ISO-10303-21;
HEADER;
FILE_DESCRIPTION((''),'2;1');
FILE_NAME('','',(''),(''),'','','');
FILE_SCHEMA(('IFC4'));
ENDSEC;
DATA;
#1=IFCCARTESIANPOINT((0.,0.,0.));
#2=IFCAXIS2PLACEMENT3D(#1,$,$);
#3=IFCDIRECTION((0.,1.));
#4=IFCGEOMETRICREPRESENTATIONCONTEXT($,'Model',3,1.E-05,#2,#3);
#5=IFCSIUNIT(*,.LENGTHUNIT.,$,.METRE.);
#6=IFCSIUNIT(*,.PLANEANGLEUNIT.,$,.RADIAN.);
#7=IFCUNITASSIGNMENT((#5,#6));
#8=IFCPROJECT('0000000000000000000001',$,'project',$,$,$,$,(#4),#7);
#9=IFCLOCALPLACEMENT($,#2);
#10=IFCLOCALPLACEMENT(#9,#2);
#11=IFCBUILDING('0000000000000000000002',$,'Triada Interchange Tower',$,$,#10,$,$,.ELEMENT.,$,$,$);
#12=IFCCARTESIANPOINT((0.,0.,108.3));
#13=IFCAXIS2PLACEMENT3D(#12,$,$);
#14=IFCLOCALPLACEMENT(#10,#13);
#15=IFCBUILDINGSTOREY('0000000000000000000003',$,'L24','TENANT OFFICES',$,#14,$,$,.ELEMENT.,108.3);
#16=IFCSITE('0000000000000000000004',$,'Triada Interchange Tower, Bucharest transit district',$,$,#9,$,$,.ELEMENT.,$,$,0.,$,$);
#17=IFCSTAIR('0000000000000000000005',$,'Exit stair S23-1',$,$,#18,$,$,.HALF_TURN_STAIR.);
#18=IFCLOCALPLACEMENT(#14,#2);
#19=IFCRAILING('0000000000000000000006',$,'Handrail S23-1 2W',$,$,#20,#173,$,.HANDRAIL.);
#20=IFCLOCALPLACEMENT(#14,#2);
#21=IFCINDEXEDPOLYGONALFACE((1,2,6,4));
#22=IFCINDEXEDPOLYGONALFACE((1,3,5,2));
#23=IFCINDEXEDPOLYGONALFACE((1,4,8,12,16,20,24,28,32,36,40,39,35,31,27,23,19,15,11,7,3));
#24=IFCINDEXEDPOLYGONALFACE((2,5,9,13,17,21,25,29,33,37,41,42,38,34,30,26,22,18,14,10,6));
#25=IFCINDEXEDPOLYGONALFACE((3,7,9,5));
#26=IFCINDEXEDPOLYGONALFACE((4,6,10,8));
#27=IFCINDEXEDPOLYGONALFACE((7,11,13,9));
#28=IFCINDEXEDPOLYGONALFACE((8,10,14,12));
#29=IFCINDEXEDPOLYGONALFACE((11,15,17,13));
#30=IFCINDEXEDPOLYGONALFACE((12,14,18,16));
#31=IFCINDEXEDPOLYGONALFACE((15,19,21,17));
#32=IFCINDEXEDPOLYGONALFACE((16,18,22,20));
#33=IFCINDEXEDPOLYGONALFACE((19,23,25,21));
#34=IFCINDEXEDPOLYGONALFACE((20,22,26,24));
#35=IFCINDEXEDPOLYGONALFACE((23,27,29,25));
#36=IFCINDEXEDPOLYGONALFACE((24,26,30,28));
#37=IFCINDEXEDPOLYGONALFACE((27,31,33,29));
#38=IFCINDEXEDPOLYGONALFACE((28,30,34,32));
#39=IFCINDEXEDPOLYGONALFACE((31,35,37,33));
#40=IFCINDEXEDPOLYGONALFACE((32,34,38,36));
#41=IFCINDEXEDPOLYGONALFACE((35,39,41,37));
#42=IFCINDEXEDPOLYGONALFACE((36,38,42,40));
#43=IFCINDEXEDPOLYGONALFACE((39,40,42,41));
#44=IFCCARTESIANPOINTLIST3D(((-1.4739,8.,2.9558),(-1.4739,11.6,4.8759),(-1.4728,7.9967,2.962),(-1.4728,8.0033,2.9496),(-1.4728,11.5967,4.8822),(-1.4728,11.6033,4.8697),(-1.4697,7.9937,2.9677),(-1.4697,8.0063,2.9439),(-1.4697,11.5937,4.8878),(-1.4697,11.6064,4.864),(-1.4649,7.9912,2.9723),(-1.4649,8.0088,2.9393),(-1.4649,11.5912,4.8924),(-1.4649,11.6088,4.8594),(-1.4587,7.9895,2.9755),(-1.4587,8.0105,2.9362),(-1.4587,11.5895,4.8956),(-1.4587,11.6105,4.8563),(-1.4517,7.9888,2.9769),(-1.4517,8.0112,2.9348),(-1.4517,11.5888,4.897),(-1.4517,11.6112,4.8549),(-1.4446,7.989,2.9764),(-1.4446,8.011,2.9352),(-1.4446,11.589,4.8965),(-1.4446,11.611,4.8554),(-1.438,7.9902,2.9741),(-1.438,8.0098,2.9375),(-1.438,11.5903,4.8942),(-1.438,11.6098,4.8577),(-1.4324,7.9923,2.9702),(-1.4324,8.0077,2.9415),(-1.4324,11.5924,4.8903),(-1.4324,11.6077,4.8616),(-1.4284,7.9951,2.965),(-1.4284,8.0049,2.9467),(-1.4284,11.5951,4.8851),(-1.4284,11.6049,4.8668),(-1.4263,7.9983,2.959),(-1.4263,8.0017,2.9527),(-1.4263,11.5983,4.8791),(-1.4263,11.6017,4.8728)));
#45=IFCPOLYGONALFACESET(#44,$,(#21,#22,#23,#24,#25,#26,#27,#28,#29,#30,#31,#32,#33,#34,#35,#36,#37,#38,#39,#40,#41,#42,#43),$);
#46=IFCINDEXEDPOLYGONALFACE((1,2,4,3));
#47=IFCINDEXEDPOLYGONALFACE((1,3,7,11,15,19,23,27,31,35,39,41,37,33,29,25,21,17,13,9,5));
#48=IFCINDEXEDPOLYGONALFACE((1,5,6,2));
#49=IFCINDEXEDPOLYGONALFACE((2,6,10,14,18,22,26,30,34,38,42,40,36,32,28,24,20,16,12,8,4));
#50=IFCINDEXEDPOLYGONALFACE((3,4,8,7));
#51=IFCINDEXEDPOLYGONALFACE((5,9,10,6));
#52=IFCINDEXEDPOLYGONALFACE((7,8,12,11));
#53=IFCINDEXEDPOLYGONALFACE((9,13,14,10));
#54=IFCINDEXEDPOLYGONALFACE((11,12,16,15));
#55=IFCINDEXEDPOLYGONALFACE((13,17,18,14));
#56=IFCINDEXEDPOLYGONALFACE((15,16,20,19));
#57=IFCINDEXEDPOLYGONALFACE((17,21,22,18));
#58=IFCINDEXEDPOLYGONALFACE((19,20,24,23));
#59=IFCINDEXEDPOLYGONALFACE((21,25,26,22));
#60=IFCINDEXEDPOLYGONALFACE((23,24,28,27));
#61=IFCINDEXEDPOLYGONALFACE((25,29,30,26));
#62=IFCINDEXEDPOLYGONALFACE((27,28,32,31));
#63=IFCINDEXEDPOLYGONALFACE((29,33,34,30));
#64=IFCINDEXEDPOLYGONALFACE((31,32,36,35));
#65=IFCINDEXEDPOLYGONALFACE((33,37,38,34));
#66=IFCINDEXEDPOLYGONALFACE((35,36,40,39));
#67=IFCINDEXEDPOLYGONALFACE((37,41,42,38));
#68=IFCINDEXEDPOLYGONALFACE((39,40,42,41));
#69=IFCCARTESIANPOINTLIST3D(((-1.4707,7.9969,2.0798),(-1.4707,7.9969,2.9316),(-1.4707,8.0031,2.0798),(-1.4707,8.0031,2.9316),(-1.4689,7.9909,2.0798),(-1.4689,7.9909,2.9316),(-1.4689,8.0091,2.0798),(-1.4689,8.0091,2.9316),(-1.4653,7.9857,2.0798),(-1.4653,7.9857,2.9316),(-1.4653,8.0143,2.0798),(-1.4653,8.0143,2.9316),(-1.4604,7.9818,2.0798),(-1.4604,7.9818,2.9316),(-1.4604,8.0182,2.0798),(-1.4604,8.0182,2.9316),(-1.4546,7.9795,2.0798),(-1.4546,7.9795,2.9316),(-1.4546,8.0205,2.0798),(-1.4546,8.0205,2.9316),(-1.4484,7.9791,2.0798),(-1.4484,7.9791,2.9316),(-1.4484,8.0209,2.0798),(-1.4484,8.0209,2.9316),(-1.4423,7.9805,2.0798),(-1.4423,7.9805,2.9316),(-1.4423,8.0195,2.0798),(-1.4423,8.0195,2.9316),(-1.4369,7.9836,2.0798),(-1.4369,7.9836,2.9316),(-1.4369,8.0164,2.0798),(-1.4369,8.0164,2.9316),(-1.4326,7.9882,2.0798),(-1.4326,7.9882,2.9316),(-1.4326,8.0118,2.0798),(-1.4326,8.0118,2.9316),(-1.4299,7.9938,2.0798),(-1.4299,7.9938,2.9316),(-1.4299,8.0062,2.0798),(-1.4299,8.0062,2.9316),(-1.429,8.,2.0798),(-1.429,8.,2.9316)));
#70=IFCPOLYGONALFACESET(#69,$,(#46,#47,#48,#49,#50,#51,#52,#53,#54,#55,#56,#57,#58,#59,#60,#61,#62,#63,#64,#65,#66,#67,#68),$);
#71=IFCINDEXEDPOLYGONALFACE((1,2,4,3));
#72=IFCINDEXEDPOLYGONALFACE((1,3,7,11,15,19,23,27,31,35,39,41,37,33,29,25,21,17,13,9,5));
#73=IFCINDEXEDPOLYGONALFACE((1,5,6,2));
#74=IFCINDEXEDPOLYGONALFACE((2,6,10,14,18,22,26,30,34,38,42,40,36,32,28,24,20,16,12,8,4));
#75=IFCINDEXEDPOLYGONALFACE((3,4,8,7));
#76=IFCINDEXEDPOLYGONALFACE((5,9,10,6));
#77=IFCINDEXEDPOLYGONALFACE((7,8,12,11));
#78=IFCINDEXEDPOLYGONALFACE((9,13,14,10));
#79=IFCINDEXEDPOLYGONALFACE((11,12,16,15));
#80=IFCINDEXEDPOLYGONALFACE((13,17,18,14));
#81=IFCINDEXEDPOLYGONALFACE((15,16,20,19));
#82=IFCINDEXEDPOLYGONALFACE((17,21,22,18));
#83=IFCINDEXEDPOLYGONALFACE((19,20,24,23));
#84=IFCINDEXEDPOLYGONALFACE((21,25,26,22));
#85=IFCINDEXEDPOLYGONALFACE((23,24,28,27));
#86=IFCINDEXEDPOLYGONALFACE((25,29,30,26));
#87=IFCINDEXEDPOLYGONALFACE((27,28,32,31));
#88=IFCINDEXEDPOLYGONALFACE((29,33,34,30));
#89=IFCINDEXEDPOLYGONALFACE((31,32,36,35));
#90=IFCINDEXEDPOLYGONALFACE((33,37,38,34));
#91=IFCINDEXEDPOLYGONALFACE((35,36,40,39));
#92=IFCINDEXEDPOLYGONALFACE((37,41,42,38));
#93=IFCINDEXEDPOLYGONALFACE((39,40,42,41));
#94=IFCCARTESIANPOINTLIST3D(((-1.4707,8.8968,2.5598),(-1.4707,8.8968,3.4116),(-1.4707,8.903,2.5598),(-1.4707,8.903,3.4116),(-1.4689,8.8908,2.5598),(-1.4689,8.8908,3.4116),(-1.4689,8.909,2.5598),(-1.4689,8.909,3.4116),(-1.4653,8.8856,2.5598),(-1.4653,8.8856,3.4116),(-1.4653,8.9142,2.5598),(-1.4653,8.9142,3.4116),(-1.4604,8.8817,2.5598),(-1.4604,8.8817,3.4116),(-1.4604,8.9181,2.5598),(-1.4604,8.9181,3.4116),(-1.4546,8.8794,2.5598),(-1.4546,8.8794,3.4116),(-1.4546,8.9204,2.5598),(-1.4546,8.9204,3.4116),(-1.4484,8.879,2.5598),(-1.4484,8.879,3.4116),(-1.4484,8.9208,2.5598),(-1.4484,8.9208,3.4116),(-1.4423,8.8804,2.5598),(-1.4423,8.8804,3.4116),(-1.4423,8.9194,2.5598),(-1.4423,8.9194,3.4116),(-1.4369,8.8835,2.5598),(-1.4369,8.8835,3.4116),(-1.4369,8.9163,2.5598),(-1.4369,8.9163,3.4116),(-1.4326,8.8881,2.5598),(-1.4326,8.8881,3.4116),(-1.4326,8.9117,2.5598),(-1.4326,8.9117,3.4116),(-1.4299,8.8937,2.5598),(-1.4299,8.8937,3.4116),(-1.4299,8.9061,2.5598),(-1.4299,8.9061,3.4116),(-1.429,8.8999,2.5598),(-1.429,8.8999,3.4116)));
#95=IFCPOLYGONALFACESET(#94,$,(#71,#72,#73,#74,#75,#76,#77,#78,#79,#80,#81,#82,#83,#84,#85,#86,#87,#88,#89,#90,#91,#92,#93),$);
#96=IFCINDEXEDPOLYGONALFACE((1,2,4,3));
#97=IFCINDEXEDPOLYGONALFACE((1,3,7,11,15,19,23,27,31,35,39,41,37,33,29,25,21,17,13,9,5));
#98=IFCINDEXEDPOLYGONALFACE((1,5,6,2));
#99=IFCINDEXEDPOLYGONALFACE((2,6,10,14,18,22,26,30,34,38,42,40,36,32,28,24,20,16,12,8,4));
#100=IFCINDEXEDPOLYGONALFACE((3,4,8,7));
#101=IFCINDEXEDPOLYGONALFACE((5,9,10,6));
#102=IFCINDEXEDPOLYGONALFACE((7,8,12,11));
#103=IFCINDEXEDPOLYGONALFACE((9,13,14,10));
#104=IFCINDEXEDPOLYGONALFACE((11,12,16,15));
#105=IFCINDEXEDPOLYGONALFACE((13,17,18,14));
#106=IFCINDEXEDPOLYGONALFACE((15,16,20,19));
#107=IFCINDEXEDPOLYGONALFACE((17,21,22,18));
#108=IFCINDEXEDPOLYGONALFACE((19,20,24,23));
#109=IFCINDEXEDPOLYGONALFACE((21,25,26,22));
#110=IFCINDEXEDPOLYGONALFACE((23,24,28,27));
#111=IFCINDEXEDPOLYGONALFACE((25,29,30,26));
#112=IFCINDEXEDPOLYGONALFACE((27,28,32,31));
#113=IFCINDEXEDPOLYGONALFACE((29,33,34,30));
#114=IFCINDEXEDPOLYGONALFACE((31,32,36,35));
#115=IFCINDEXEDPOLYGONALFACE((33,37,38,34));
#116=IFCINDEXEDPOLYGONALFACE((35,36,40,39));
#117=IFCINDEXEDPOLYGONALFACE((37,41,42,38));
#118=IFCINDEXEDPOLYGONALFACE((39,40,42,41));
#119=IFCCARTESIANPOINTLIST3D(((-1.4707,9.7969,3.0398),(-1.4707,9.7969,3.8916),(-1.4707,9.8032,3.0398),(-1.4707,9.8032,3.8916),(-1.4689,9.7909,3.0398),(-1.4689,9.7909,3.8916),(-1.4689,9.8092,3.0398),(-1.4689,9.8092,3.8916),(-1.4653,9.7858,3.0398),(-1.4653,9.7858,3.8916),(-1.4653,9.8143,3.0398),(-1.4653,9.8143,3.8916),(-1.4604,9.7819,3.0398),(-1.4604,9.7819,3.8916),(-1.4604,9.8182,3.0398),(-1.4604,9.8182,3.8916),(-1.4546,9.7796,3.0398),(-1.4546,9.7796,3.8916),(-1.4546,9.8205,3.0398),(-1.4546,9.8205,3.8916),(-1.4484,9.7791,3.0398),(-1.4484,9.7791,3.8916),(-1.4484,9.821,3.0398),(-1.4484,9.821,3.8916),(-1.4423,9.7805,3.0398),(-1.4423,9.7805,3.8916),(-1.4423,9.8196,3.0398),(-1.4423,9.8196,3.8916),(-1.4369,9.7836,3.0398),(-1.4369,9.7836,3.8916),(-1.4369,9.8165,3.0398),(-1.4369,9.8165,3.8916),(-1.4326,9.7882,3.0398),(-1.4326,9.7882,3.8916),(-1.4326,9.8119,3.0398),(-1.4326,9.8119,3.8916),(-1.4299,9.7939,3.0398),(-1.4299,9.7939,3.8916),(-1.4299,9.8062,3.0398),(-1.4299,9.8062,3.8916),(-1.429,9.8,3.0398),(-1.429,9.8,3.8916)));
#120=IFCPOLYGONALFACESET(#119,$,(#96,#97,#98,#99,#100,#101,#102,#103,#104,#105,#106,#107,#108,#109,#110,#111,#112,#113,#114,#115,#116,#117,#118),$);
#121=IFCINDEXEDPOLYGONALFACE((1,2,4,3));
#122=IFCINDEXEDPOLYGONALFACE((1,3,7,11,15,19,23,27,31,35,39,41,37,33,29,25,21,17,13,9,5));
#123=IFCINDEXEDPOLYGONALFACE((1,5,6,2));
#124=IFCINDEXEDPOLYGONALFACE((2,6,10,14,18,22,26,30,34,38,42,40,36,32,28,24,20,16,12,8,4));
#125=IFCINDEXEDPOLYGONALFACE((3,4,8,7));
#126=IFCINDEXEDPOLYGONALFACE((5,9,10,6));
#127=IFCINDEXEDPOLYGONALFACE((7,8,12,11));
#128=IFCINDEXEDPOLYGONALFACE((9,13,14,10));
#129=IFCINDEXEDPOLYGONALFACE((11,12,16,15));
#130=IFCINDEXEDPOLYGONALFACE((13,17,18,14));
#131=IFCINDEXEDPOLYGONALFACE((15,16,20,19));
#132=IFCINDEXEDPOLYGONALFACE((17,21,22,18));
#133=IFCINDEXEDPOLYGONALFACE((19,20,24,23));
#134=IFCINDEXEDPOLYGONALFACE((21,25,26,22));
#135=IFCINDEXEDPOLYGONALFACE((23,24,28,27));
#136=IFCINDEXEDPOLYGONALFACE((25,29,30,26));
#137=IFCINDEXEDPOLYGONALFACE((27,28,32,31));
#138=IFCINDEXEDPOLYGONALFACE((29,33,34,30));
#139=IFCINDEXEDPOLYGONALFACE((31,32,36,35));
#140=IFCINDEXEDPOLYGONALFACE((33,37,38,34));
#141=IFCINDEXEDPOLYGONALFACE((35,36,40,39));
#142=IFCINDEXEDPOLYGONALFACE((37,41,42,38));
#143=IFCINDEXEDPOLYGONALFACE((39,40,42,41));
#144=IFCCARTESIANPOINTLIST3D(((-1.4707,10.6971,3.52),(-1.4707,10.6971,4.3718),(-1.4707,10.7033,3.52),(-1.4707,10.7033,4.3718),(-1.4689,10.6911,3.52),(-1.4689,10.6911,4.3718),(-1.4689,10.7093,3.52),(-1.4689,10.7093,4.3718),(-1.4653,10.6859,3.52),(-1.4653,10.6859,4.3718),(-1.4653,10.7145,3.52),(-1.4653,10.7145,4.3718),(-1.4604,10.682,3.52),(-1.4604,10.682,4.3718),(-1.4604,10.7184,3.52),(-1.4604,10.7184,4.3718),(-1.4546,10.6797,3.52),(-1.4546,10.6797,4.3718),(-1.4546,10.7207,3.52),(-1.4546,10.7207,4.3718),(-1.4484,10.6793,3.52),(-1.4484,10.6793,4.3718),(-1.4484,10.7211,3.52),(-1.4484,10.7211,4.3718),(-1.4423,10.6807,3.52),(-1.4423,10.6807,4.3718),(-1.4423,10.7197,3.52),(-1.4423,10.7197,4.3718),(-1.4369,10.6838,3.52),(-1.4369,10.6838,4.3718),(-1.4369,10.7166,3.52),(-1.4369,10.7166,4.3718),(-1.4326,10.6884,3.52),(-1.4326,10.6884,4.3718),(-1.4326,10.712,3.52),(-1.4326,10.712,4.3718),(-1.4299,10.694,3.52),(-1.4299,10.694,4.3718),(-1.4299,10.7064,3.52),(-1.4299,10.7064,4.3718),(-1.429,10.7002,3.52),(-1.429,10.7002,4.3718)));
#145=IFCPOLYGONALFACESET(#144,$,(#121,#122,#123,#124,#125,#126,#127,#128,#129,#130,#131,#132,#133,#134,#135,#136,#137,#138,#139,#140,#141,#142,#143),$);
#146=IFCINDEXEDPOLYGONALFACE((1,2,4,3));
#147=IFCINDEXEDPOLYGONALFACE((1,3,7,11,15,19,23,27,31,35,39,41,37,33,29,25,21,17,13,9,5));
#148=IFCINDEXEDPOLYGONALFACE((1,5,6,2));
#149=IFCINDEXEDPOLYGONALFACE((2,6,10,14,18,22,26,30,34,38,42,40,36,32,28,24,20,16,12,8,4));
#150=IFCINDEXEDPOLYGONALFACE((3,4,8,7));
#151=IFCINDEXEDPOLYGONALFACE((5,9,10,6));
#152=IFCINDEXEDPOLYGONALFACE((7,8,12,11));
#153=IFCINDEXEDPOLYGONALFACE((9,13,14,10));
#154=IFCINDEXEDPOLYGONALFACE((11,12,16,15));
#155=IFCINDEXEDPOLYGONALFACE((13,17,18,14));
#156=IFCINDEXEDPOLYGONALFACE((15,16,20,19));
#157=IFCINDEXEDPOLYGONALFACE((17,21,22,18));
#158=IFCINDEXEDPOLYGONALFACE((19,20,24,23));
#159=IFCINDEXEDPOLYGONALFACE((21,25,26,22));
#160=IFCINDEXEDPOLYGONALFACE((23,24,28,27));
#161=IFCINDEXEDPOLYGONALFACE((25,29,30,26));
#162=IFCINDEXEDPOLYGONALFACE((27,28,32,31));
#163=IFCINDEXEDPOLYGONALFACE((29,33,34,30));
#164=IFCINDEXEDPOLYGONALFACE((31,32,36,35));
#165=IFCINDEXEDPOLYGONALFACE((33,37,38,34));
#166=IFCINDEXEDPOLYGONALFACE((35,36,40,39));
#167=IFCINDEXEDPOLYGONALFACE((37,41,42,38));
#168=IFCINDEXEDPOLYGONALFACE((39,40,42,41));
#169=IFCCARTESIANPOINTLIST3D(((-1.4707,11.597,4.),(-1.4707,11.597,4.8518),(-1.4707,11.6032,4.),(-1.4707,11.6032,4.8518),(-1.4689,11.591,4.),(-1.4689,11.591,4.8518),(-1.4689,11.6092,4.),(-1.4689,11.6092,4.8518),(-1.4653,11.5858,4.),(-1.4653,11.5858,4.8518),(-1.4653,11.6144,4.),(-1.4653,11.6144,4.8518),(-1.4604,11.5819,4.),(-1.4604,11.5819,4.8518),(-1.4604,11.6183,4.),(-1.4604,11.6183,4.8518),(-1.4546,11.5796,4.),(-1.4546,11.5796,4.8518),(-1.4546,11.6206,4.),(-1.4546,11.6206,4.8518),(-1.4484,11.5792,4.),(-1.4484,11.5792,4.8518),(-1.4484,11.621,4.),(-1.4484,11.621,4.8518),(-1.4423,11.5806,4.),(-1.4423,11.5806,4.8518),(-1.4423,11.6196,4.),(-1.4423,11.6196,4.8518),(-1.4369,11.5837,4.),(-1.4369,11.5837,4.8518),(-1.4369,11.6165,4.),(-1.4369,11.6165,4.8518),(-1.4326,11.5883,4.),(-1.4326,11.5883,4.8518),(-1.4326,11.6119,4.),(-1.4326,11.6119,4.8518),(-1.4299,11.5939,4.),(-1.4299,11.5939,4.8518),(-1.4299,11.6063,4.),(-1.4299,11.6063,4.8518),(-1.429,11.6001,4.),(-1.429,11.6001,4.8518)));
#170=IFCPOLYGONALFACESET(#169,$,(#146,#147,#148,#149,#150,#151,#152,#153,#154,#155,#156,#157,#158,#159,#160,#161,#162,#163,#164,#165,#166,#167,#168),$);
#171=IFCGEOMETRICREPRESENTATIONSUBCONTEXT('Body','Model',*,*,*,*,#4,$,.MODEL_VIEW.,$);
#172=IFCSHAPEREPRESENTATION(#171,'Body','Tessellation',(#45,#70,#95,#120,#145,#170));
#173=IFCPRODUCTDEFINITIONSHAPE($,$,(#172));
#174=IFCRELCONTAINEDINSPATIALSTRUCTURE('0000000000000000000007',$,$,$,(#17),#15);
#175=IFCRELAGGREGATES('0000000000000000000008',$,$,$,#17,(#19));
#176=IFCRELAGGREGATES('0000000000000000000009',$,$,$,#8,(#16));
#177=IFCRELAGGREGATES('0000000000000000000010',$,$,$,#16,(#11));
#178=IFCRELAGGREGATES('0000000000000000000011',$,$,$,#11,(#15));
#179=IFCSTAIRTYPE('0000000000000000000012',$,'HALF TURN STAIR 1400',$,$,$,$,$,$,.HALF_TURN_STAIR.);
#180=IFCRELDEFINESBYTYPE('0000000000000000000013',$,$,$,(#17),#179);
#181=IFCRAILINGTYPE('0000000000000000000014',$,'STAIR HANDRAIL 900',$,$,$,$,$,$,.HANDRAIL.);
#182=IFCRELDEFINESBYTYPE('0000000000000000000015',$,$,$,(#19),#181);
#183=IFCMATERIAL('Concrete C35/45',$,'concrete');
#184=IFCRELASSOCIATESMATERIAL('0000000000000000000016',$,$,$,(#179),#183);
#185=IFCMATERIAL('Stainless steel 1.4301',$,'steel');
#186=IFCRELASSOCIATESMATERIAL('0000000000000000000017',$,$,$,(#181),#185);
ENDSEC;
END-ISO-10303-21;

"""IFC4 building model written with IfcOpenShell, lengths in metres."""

from ifc_helpers import new_model, si_unit, direction, frame, origin, origin_2d, place, context, subcontext, project, spatial, circle, extrude, material, type_object, element, aggregate, save


model = new_model("IFC4")

# Units and contexts
model_context = context("Model", 3, precision=1e-05, world=origin(), true_north=direction((0.0, 1.0)))
body_context = subcontext(model_context, "Body", "Model", "MODEL_VIEW")
ifc_project = project(units=[si_unit("LENGTHUNIT", "METRE"), si_unit("PLANEANGLEUNIT", "RADIAN")], contexts=[model_context])

# Site, building, storey
site_placement = place(None, origin())
site = spatial("IfcSite", under=ifc_project, at=site_placement, Name="Triada Interchange Tower, Bucharest transit district", CompositionType="ELEMENT", RefElevation=0.0)
building_placement = place(site_placement, origin())
building = spatial("IfcBuilding", under=site, at=building_placement, Name="Triada Interchange Tower", CompositionType="ELEMENT")
storey_placement = place(building_placement, frame((0.0, 0.0, 108.3)))
storey = spatial("IfcBuildingStorey", under=building, at=storey_placement, Name="L24", Description="TENANT OFFICES", CompositionType="ELEMENT", Elevation=108.3)

# Stair, railing
ifc_material_1 = material(Name="Concrete C35/45", Category="concrete")
stair_type = type_object("IfcStairType", Name="HALF TURN STAIR 1400", PredefinedType="HALF_TURN_STAIR", material=ifc_material_1)
stair_placement = place(storey_placement, origin())
stair = element("IfcStair", 1, at=stair_placement, inside=storey, type_object=stair_type, Name="Exit stair S23-1", PredefinedType="HALF_TURN_STAIR")
ifc_material_2 = material(Name="Stainless steel 1.4301", Category="steel")
railing_type = type_object("IfcRailingType", Name="STAIR HANDRAIL 900", PredefinedType="HANDRAIL", material=ifc_material_2)
railing_1_placement = place(storey_placement, frame((-1.45, 8.0, 2.0798)))
railing_1 = element("IfcRailing", 2, at=railing_1_placement, type_object=railing_type, Name="Handrail S23-1 2W", PredefinedType="HANDRAIL", context=body_context, shape_type="SweptSolid", body=[
    extrude(circle(Radius=0.0239, at=origin_2d()), frame((0.0, 0.0, 0.876), z_axis=(0.0, 0.882341, 0.47061), x_axis=(-1.0, 0.0, 0.0)), (0.0, 0.0, 1.0), 4.0801),
    extrude(circle(Radius=0.021, at=origin_2d()), origin(), (0.0, 0.0, 1.0), 0.8518),
    extrude(circle(Radius=0.021, at=origin_2d()), frame((0.0, 0.8999, 0.48)), (0.0, 0.0, 1.0), 0.8518),
    extrude(circle(Radius=0.021, at=origin_2d()), frame((0.0, 1.8, 0.96)), (0.0, 0.0, 1.0), 0.8518),
    extrude(circle(Radius=0.021, at=origin_2d()), frame((0.0, 2.7002, 1.4402)), (0.0, 0.0, 1.0), 0.8518),
    extrude(circle(Radius=0.021, at=origin_2d()), frame((0.0, 3.6001, 1.9202)), (0.0, 0.0, 1.0), 0.8518),
])
aggregate(stair, [railing_1])

save(model, "model.ifc")
